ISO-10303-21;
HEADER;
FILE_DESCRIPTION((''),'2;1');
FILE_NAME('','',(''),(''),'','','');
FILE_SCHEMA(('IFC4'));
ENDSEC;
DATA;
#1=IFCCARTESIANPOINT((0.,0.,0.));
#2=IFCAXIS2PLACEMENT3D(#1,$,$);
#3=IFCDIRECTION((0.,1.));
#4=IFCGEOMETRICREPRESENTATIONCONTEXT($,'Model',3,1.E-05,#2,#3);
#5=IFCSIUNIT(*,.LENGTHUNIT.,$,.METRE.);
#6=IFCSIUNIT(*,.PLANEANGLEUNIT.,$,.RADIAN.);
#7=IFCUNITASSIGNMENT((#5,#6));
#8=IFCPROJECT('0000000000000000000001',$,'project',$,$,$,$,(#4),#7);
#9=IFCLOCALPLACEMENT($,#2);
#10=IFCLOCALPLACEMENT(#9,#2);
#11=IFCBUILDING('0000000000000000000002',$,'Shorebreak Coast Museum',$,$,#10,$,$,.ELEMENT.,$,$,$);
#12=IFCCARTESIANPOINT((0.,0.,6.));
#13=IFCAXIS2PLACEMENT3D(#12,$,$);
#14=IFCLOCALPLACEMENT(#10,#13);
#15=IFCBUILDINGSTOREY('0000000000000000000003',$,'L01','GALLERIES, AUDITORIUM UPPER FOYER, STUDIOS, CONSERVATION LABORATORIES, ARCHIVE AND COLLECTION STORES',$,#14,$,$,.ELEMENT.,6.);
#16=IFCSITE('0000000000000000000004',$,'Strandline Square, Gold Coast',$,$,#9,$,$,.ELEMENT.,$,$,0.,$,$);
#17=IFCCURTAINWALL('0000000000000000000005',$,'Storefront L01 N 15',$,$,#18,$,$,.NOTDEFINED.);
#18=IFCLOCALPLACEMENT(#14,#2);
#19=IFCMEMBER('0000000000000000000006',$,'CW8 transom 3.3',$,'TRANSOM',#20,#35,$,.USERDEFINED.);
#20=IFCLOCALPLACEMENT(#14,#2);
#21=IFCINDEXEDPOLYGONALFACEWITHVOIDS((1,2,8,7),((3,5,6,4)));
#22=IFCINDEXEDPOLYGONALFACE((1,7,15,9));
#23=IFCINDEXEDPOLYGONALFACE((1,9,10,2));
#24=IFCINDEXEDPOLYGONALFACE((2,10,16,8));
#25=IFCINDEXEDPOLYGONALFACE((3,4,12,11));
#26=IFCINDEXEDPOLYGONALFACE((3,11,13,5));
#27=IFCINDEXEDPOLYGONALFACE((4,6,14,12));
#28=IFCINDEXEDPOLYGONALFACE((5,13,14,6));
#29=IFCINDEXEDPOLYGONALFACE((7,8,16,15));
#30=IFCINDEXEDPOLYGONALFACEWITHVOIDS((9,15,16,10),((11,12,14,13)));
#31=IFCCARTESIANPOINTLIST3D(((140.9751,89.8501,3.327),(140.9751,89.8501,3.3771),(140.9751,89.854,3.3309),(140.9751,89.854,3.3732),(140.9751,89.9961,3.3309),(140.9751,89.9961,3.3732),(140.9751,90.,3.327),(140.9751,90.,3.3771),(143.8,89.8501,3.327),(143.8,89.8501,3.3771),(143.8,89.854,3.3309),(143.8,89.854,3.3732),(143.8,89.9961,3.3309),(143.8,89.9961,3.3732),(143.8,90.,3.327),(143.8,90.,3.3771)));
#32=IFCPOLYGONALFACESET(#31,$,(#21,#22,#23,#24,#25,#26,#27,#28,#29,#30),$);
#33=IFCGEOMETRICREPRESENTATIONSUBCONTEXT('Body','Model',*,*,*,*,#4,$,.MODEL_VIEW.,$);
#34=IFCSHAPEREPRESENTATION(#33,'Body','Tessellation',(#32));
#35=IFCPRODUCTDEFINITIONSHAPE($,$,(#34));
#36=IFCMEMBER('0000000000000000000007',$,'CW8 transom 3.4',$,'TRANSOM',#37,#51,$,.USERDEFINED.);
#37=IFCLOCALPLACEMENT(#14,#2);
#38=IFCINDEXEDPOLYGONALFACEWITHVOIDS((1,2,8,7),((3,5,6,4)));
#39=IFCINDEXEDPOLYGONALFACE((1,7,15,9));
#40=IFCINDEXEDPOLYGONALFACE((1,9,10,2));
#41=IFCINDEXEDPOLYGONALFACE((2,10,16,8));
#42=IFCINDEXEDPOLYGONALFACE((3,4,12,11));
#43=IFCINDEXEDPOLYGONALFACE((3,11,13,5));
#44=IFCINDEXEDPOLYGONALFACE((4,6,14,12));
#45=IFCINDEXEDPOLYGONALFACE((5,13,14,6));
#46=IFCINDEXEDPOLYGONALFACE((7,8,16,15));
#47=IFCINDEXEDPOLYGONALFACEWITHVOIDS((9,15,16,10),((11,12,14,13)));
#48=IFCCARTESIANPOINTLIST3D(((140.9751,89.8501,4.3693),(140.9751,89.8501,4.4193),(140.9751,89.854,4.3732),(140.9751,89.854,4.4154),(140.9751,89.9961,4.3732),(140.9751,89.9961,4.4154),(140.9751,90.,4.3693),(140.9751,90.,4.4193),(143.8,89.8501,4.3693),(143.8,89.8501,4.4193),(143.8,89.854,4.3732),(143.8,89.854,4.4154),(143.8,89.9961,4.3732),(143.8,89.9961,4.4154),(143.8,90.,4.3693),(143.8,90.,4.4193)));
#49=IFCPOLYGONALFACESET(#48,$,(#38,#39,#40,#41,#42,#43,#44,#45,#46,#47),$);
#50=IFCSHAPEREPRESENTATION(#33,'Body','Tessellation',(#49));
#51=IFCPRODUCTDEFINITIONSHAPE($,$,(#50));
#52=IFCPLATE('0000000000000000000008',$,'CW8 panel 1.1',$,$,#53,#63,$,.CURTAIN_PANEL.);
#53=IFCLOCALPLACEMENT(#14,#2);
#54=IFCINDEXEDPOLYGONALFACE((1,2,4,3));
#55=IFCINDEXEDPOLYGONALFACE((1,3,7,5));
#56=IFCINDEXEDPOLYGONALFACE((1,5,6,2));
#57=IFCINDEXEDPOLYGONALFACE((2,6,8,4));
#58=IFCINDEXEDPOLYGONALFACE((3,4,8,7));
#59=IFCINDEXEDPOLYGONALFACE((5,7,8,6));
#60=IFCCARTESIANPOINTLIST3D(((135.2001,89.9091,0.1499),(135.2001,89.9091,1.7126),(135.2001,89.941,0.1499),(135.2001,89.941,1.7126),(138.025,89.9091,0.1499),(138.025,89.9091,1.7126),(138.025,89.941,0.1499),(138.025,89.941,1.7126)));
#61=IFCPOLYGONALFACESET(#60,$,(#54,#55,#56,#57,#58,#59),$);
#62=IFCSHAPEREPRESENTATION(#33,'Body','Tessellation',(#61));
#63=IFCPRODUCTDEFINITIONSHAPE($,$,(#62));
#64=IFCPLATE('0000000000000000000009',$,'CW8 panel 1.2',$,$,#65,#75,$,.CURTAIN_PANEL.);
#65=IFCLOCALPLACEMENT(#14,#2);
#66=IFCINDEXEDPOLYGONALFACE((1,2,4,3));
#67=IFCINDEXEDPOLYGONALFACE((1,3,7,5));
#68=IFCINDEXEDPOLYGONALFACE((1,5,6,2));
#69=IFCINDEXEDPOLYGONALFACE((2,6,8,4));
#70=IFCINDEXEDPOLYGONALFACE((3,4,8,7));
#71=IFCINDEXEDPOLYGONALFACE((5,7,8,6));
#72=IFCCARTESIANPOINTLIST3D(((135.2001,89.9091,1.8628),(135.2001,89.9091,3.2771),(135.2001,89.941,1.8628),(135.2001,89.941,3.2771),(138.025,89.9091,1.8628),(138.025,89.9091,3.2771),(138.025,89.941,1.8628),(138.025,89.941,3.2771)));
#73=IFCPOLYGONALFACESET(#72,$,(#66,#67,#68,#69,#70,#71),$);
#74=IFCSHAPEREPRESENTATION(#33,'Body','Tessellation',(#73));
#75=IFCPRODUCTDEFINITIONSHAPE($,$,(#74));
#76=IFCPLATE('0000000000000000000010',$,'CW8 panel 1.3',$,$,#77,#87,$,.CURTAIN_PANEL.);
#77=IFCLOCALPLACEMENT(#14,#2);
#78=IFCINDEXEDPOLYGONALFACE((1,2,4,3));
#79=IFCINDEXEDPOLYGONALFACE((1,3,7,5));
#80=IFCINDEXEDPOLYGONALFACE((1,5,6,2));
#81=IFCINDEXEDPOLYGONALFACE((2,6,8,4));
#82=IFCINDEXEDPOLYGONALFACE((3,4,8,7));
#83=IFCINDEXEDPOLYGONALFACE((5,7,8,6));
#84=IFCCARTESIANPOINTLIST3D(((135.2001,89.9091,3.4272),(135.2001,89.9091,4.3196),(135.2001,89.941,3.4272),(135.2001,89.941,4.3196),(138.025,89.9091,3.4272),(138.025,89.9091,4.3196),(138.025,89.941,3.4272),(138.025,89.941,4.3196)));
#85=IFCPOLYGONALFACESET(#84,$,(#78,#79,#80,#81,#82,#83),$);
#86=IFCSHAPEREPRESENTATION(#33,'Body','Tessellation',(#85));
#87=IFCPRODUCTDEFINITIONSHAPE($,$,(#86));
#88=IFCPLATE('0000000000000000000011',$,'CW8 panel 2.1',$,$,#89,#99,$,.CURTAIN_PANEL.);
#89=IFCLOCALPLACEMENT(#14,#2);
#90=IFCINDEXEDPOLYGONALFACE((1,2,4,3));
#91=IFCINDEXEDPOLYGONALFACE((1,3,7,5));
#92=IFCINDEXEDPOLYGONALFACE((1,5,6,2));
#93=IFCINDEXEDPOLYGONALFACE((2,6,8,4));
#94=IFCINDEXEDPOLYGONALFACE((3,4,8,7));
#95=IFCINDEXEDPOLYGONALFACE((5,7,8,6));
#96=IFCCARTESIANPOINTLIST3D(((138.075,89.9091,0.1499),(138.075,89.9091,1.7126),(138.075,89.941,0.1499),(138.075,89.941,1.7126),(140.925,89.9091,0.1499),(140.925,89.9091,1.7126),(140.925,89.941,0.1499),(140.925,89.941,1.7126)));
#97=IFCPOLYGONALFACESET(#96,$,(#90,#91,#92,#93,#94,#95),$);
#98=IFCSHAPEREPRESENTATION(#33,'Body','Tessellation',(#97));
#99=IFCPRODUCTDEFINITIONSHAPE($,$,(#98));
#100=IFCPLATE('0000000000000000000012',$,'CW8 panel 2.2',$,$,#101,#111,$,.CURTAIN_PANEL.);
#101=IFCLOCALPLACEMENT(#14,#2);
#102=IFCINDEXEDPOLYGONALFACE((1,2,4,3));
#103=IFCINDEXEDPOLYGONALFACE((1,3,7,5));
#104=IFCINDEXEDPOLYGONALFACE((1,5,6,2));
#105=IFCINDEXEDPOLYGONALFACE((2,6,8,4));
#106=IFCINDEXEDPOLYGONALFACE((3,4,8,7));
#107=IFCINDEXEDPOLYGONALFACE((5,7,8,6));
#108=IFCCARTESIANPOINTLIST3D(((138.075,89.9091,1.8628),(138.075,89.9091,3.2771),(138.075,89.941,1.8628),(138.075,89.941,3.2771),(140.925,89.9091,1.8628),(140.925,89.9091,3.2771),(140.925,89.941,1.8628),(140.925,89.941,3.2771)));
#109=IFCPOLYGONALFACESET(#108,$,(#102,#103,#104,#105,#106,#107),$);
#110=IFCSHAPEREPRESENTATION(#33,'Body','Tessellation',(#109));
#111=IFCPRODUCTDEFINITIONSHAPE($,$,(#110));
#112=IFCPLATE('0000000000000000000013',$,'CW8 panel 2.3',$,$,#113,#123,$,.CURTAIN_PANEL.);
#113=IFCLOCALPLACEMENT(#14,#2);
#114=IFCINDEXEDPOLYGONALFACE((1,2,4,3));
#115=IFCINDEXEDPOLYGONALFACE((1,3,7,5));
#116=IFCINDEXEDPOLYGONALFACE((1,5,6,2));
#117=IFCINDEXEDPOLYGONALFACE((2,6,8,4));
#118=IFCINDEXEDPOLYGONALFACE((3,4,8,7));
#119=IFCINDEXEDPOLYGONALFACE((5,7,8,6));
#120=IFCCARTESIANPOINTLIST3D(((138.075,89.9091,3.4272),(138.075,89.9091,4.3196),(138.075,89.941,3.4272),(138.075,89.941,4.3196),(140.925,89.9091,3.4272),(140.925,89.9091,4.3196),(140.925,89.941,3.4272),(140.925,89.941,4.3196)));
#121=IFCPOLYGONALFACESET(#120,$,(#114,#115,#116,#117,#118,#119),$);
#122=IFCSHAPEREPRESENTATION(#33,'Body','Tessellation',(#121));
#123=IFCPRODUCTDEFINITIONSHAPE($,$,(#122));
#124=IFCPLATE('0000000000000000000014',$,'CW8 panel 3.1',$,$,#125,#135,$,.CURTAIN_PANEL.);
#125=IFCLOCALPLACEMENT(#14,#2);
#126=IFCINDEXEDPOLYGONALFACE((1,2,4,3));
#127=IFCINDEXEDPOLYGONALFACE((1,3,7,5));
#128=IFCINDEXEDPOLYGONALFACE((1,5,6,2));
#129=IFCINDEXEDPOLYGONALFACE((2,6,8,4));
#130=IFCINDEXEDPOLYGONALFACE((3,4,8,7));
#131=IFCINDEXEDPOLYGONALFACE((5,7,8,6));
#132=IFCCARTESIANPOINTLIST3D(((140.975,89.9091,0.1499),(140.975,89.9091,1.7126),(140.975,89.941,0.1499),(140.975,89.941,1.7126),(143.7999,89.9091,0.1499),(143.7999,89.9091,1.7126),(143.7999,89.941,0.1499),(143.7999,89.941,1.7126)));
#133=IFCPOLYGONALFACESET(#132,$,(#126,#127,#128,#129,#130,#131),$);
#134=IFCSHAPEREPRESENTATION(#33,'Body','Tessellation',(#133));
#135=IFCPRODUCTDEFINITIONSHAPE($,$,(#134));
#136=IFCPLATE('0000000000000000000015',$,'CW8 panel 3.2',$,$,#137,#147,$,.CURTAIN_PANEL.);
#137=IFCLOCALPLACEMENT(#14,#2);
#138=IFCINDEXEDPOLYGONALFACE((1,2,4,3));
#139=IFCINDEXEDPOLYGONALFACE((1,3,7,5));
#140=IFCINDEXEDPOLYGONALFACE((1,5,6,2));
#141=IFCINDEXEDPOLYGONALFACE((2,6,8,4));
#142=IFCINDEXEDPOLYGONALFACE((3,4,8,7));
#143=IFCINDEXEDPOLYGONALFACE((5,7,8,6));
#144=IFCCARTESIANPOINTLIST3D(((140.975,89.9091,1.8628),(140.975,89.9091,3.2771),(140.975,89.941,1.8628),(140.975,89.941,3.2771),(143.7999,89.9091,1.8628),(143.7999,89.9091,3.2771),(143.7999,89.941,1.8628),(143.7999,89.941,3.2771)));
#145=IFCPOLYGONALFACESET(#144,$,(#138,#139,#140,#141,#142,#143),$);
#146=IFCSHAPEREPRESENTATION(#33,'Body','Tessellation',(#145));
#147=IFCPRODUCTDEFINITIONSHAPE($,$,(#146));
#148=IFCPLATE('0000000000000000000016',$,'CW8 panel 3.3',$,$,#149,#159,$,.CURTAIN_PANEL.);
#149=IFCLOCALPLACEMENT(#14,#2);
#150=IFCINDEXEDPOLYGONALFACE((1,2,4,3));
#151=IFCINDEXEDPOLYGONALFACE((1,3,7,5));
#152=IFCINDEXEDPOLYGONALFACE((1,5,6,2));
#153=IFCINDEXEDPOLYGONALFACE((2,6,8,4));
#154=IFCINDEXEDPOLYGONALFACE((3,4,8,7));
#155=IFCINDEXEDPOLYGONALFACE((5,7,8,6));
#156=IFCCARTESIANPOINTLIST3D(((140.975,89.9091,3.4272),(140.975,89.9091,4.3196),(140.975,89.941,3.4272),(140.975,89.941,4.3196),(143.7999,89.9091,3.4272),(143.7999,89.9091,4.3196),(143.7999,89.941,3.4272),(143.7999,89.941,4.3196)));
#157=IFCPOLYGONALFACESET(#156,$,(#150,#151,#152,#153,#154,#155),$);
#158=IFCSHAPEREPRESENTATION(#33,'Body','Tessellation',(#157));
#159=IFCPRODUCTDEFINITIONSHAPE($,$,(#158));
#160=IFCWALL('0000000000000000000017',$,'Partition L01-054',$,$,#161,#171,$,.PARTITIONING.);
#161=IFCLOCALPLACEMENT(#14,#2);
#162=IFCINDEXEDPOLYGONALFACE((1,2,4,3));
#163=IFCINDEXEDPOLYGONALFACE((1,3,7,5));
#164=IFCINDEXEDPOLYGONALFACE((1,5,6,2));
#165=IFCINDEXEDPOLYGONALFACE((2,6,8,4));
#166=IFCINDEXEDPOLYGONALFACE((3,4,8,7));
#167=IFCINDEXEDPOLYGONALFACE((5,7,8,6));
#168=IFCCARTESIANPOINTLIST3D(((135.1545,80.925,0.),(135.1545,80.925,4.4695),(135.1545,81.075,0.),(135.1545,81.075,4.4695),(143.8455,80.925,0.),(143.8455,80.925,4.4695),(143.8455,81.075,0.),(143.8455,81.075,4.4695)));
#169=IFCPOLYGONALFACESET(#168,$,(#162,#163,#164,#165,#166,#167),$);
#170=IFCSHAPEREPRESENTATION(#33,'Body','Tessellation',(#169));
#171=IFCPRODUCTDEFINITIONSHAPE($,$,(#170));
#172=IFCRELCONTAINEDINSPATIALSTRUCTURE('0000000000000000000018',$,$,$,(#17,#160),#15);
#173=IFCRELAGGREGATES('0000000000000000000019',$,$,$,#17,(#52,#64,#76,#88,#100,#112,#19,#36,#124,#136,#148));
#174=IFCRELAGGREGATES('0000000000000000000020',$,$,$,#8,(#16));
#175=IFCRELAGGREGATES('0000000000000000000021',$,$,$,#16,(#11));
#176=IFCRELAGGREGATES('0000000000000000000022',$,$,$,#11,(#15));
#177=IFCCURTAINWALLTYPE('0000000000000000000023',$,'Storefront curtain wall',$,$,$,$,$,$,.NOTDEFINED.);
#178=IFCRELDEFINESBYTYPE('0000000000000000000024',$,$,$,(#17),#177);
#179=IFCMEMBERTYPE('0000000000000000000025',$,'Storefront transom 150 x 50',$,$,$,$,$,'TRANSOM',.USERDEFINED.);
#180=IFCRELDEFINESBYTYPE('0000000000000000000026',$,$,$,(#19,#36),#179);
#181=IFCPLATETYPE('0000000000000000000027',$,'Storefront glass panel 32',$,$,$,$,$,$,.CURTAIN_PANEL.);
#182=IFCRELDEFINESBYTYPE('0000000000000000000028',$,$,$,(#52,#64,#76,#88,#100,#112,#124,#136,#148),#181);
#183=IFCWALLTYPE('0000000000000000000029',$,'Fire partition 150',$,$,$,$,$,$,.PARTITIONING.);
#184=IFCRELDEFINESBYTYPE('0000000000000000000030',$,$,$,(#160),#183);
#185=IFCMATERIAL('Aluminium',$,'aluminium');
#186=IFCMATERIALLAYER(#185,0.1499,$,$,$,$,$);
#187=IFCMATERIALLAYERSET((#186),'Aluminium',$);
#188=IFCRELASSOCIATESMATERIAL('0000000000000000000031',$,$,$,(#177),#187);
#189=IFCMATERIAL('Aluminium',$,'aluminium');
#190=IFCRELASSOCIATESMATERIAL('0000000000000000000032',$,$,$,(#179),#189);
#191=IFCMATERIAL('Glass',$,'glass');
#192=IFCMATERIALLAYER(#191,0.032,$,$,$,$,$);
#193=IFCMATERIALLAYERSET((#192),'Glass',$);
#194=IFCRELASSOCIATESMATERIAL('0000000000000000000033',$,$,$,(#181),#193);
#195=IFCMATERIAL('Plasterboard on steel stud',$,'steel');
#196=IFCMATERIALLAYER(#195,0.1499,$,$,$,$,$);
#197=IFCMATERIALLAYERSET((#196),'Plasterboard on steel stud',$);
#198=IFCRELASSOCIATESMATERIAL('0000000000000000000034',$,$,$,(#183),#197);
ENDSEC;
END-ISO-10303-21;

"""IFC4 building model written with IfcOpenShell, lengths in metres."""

from ifc_helpers import new_model, si_unit, direction, frame, frame_2d, origin, origin_2d, place, context, subcontext, project, spatial, rectangle, hollow_rectangle, extrude, material, layer, layer_set, material_profile, profile_set, type_object, element, aggregate, save


model = new_model("IFC4")

# Units and contexts
model_context = context("Model", 3, precision=1e-05, world=origin(), true_north=direction((0.0, 1.0)))
body_context = subcontext(model_context, "Body", "Model", "MODEL_VIEW")
ifc_project = project(units=[si_unit("LENGTHUNIT", "METRE"), si_unit("PLANEANGLEUNIT", "RADIAN")], contexts=[model_context])

# Site, building, storey
site_placement = place(None, origin())
site = spatial("IfcSite", under=ifc_project, at=site_placement, Name="Strandline Square, Gold Coast", CompositionType="ELEMENT", RefElevation=0.0)
building_placement = place(site_placement, origin())
building = spatial("IfcBuilding", under=site, at=building_placement, Name="Shorebreak Coast Museum", CompositionType="ELEMENT")
storey_placement = place(building_placement, frame((0.0, 0.0, 6.0)))
storey = spatial("IfcBuildingStorey", under=building, at=storey_placement, Name="L01", Description="GALLERIES, AUDITORIUM UPPER FOYER, STUDIOS, CONSERVATION LABORATORIES, ARCHIVE AND COLLECTION STORES", CompositionType="ELEMENT", Elevation=6.0)

# Curtain wall, members, plates
ifc_material_1 = material(Name="Aluminium", Category="aluminium")
ifc_layer_1 = layer(ifc_material_1, 0.1499)
ifc_layer_set_1 = layer_set([ifc_layer_1], Name="Aluminium")
curtain_wall_type = type_object("IfcCurtainWallType", Name="Storefront curtain wall", PredefinedType="NOTDEFINED", material=ifc_layer_set_1)
curtain_wall_placement = place(storey_placement, origin())
curtain_wall = element("IfcCurtainWall", 1, at=curtain_wall_placement, inside=storey, type_object=curtain_wall_type, Name="Storefront L01 N 15", PredefinedType="NOTDEFINED")
ifc_material_2 = material(Name="Aluminium", Category="aluminium")
ifc_material_profile_1 = material_profile(ifc_material_2, hollow_rectangle(XDim=0.1499, YDim=0.05, WallThickness=0.0039, at=origin_2d()), Name="AL 50x150 RHS")
ifc_profile_set_1 = profile_set([ifc_material_profile_1], Name="Aluminium")
member_type_1 = type_object("IfcMemberType", Name="Storefront transom 150 x 50", ElementType="TRANSOM", PredefinedType="USERDEFINED", material=ifc_profile_set_1)
member_1_placement = place(storey_placement, frame((140.9751, 89.925, 3.3521), z_axis=(1.0, 0.0, 0.0), x_axis=(0.0, 1.0, 0.0)))
member_1 = element("IfcMember", 2, at=member_1_placement, type_object=member_type_1, Name="CW8 transom 3.3", ObjectType="TRANSOM", PredefinedType="USERDEFINED", context=body_context, shape_type="SweptSolid", body=[
    extrude(hollow_rectangle(XDim=0.1499, YDim=0.05, WallThickness=0.0039, at=origin_2d()), origin(), (0.0, 0.0, 1.0), 2.825),
])
member_2_placement = place(storey_placement, frame((140.9751, 89.925, 4.3943), z_axis=(1.0, 0.0, 0.0), x_axis=(0.0, 1.0, 0.0)))
member_2 = element("IfcMember", 3, at=member_2_placement, type_object=member_type_1, Name="CW8 transom 3.4", ObjectType="TRANSOM", PredefinedType="USERDEFINED", context=body_context, shape_type="SweptSolid", body=[
    extrude(hollow_rectangle(XDim=0.1499, YDim=0.05, WallThickness=0.0039, at=origin_2d()), origin(), (0.0, 0.0, 1.0), 2.825),
])
ifc_material_3 = material(Name="Glass", Category="glass")
ifc_layer_2 = layer(ifc_material_3, 0.032)
ifc_layer_set_2 = layer_set([ifc_layer_2], Name="Glass")
plate_type = type_object("IfcPlateType", Name="Storefront glass panel 32", PredefinedType="CURTAIN_PANEL", material=ifc_layer_set_2)
plate_1_placement = place(storey_placement, frame((136.6125, 89.925, 0.1499), z_axis=(0.0, 0.0, 1.0), x_axis=(1.0, 0.0, 0.0)))
plate_1 = element("IfcPlate", 4, at=plate_1_placement, type_object=plate_type, Name="CW8 panel 1.1", PredefinedType="CURTAIN_PANEL", context=body_context, shape_type="SweptSolid", body=[
    extrude(rectangle(XDim=2.825, YDim=0.032, at=origin_2d()), origin(), (0.0, 0.0, 1.0), 1.5627),
])
plate_2_placement = place(storey_placement, frame((136.6125, 89.925, 1.8628), z_axis=(0.0, 0.0, 1.0), x_axis=(1.0, 0.0, 0.0)))
plate_2 = element("IfcPlate", 5, at=plate_2_placement, type_object=plate_type, Name="CW8 panel 1.2", PredefinedType="CURTAIN_PANEL", context=body_context, shape_type="SweptSolid", body=[
    extrude(rectangle(XDim=2.825, YDim=0.032, at=origin_2d()), origin(), (0.0, 0.0, 1.0), 1.4143),
])
plate_3_placement = place(storey_placement, frame((136.6125, 89.925, 3.4272), z_axis=(0.0, 0.0, 1.0), x_axis=(1.0, 0.0, 0.0)))
plate_3 = element("IfcPlate", 6, at=plate_3_placement, type_object=plate_type, Name="CW8 panel 1.3", PredefinedType="CURTAIN_PANEL", context=body_context, shape_type="SweptSolid", body=[
    extrude(rectangle(XDim=2.825, YDim=0.032, at=origin_2d()), origin(), (0.0, 0.0, 1.0), 0.8923),
])
plate_4_placement = place(storey_placement, frame((139.5, 89.925, 0.1499), z_axis=(0.0, 0.0, 1.0), x_axis=(1.0, 0.0, 0.0)))
plate_4 = element("IfcPlate", 7, at=plate_4_placement, type_object=plate_type, Name="CW8 panel 2.1", PredefinedType="CURTAIN_PANEL", context=body_context, shape_type="SweptSolid", body=[
    extrude(rectangle(XDim=2.8501, YDim=0.032, at=origin_2d()), origin(), (0.0, 0.0, 1.0), 1.5627),
])
plate_5_placement = place(storey_placement, frame((139.5, 89.925, 1.8628), z_axis=(0.0, 0.0, 1.0), x_axis=(1.0, 0.0, 0.0)))
plate_5 = element("IfcPlate", 8, at=plate_5_placement, type_object=plate_type, Name="CW8 panel 2.2", PredefinedType="CURTAIN_PANEL", context=body_context, shape_type="SweptSolid", body=[
    extrude(rectangle(XDim=2.8501, YDim=0.032, at=origin_2d()), origin(), (0.0, 0.0, 1.0), 1.4143),
])
plate_6_placement = place(storey_placement, frame((139.5, 89.925, 3.4272), z_axis=(0.0, 0.0, 1.0), x_axis=(1.0, 0.0, 0.0)))
plate_6 = element("IfcPlate", 9, at=plate_6_placement, type_object=plate_type, Name="CW8 panel 2.3", PredefinedType="CURTAIN_PANEL", context=body_context, shape_type="SweptSolid", body=[
    extrude(rectangle(XDim=2.8501, YDim=0.032, at=origin_2d()), origin(), (0.0, 0.0, 1.0), 0.8923),
])
plate_7_placement = place(storey_placement, frame((142.3875, 89.925, 0.1499), z_axis=(0.0, 0.0, 1.0), x_axis=(1.0, 0.0, 0.0)))
plate_7 = element("IfcPlate", 10, at=plate_7_placement, type_object=plate_type, Name="CW8 panel 3.1", PredefinedType="CURTAIN_PANEL", context=body_context, shape_type="SweptSolid", body=[
    extrude(rectangle(XDim=2.825, YDim=0.032, at=origin_2d()), origin(), (0.0, 0.0, 1.0), 1.5627),
])
plate_8_placement = place(storey_placement, frame((142.3875, 89.925, 1.8628), z_axis=(0.0, 0.0, 1.0), x_axis=(1.0, 0.0, 0.0)))
plate_8 = element("IfcPlate", 11, at=plate_8_placement, type_object=plate_type, Name="CW8 panel 3.2", PredefinedType="CURTAIN_PANEL", context=body_context, shape_type="SweptSolid", body=[
    extrude(rectangle(XDim=2.825, YDim=0.032, at=origin_2d()), origin(), (0.0, 0.0, 1.0), 1.4143),
])
plate_9_placement = place(storey_placement, frame((142.3875, 89.925, 3.4272), z_axis=(0.0, 0.0, 1.0), x_axis=(1.0, 0.0, 0.0)))
plate_9 = element("IfcPlate", 12, at=plate_9_placement, type_object=plate_type, Name="CW8 panel 3.3", PredefinedType="CURTAIN_PANEL", context=body_context, shape_type="SweptSolid", body=[
    extrude(rectangle(XDim=2.825, YDim=0.032, at=origin_2d()), origin(), (0.0, 0.0, 1.0), 0.8923),
])
aggregate(curtain_wall, [plate_1, plate_2, plate_3, plate_4, plate_5, plate_6, member_1, member_2, plate_7, plate_8, plate_9])

# Wall
ifc_material_4 = material(Name="Plasterboard on steel stud", Category="steel")
ifc_layer_3 = layer(ifc_material_4, 0.1499)
ifc_layer_set_3 = layer_set([ifc_layer_3], Name="Plasterboard on steel stud")
wall_type = type_object("IfcWallType", Name="Fire partition 150", PredefinedType="PARTITIONING", material=ifc_layer_set_3)
wall_placement = place(storey_placement, frame((135.1545, 81.0, 0.0), z_axis=(0.0, 0.0, 1.0), x_axis=(1.0, 0.0, 0.0)))
element("IfcWall", 13, at=wall_placement, inside=storey, type_object=wall_type, Name="Partition L01-054", PredefinedType="PARTITIONING", context=body_context, shape_type="SweptSolid", body=[
    extrude(rectangle(XDim=8.6909, YDim=0.1499, at=frame_2d((4.3455, 0.0))), origin(), (0.0, 0.0, 1.0), 4.4695),
])

save(model, "model.ifc")
